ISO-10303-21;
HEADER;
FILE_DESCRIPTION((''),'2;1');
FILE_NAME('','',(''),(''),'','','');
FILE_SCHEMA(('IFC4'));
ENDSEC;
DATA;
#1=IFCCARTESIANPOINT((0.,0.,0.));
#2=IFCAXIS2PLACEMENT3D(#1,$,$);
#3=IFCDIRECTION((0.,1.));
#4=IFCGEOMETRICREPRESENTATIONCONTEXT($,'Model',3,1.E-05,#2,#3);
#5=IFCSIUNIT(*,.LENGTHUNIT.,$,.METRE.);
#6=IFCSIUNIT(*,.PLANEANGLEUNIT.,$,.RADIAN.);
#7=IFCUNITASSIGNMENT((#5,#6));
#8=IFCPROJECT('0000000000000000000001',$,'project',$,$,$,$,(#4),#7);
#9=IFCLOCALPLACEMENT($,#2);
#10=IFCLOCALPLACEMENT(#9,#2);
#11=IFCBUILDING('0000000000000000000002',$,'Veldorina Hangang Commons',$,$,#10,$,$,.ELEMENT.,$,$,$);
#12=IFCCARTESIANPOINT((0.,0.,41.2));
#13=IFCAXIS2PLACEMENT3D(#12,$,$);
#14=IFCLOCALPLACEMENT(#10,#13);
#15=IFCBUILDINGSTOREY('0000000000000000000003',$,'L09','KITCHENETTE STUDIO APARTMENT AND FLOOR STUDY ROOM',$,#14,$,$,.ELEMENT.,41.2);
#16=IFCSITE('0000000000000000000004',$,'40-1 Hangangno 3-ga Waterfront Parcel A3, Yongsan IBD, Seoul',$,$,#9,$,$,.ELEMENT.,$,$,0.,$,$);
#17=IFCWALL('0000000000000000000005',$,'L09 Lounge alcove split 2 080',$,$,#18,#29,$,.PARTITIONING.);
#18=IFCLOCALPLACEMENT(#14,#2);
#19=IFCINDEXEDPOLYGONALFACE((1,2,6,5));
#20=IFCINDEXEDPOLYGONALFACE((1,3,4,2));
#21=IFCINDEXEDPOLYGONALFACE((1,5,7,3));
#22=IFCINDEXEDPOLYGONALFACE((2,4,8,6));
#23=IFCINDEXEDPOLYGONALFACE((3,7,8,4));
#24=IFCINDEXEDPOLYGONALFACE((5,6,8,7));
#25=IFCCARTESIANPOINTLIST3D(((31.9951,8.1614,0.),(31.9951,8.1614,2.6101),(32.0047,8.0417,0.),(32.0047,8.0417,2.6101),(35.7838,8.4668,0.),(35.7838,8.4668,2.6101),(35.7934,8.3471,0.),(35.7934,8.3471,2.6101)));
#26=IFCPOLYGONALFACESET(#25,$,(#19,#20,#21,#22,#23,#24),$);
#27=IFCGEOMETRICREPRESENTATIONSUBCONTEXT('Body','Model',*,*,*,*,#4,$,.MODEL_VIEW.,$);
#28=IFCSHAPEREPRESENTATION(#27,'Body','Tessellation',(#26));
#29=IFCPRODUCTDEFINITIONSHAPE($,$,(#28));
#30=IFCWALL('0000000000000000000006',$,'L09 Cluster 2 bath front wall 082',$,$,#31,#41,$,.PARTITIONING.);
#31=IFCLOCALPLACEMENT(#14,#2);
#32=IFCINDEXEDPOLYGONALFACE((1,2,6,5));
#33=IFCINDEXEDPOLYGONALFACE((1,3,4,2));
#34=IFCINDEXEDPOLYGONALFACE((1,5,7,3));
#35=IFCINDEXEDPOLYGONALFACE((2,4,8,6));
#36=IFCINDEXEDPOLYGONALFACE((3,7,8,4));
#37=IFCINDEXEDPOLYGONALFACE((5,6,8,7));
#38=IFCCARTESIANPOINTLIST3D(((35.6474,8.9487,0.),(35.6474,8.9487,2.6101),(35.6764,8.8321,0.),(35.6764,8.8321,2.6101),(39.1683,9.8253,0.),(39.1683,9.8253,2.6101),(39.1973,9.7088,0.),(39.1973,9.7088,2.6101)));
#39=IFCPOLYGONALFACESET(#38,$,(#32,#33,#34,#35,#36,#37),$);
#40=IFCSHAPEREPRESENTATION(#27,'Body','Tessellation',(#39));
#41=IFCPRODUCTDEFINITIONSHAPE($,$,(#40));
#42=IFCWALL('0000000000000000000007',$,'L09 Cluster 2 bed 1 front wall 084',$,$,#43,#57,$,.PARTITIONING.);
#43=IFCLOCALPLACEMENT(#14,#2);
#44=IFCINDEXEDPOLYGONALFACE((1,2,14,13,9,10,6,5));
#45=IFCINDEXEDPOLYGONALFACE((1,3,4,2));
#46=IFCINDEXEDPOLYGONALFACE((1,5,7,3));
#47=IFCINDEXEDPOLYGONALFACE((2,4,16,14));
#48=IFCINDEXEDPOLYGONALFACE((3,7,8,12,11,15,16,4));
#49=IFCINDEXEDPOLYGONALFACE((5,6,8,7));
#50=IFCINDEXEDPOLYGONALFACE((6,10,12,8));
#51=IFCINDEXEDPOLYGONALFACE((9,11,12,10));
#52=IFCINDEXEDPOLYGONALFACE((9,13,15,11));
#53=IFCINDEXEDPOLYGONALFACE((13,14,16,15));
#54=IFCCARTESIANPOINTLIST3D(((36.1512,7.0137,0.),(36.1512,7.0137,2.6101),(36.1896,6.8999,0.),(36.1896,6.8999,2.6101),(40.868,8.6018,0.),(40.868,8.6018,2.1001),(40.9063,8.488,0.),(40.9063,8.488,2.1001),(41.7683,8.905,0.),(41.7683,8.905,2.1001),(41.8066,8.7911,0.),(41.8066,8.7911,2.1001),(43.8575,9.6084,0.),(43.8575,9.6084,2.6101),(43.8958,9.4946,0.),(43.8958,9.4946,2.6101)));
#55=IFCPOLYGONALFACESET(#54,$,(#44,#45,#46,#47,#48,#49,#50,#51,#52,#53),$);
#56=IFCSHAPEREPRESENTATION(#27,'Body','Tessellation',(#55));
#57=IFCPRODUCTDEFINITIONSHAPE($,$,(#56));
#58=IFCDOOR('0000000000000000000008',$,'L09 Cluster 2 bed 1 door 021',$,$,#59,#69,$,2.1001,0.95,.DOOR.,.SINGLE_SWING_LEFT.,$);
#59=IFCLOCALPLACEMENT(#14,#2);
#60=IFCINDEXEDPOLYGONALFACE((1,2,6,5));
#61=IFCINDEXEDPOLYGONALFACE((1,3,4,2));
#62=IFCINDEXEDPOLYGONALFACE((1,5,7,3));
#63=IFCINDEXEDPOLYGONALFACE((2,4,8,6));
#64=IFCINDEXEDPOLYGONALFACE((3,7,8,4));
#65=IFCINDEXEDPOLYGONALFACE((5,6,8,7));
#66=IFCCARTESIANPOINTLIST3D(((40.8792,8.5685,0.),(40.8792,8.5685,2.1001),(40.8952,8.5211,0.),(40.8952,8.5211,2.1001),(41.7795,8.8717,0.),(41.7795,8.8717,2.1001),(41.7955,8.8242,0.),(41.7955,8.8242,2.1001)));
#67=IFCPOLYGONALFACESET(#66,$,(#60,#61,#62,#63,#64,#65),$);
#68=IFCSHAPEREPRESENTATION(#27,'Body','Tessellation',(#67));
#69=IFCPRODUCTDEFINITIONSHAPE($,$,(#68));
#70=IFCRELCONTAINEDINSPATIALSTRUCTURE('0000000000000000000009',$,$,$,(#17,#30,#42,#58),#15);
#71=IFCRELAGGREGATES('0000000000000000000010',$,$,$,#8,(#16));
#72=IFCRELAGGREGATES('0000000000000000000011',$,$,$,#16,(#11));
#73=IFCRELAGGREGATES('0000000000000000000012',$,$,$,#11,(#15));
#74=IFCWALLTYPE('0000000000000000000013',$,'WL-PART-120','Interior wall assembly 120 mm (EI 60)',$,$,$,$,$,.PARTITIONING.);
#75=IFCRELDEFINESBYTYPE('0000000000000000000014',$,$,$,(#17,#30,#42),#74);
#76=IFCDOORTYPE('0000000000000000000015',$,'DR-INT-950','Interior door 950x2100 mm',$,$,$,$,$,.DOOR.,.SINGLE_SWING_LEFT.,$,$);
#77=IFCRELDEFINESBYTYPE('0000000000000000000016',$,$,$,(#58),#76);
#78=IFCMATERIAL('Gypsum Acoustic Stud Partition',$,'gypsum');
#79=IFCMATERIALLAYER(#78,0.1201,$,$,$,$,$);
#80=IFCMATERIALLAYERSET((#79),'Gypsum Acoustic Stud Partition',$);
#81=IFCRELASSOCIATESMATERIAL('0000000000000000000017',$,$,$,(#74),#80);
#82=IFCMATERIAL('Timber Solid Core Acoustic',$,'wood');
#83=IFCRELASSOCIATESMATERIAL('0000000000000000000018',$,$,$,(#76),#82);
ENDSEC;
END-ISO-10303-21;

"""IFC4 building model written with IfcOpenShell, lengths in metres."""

from ifc_helpers import new_model, si_unit, direction, frame, frame_2d, origin, place, context, subcontext, project, spatial, rectangle, extrude, material, layer, layer_set, type_object, element, fill, save


model = new_model("IFC4")

# Units and contexts
model_context = context("Model", 3, precision=1e-05, world=origin(), true_north=direction((0.0, 1.0)))
body_context = subcontext(model_context, "Body", "Model", "MODEL_VIEW")
ifc_project = project(units=[si_unit("LENGTHUNIT", "METRE"), si_unit("PLANEANGLEUNIT", "RADIAN")], contexts=[model_context])

# Site, building, storey
site_placement = place(None, origin())
site = spatial("IfcSite", under=ifc_project, at=site_placement, Name="40-1 Hangangno 3-ga Waterfront Parcel A3, Yongsan IBD, Seoul", CompositionType="ELEMENT", RefElevation=0.0)
building_placement = place(site_placement, origin())
building = spatial("IfcBuilding", under=site, at=building_placement, Name="Veldorina Hangang Commons", CompositionType="ELEMENT")
storey_placement = place(building_placement, frame((0.0, 0.0, 41.2)))
storey = spatial("IfcBuildingStorey", under=building, at=storey_placement, Name="L09", Description="KITCHENETTE STUDIO APARTMENT AND FLOOR STUDY ROOM", CompositionType="ELEMENT", Elevation=41.2)

# Walls
ifc_material_1 = material(Name="Gypsum Acoustic Stud Partition", Category="gypsum")
ifc_layer_1 = layer(ifc_material_1, 0.1201)
ifc_layer_set_1 = layer_set([ifc_layer_1], Name="Gypsum Acoustic Stud Partition")
wall_type_1 = type_object("IfcWallType", Name="WL-PART-120", Description="Interior wall assembly 120 mm (EI 60)", PredefinedType="PARTITIONING", material=ifc_layer_set_1)
wall_1_placement = place(storey_placement, frame((32.0, 8.1016, 0.0), z_axis=(0.0, 0.0, 1.0), x_axis=(0.996767, 0.08035, 0.0)))
element("IfcWall", 1, at=wall_1_placement, inside=storey, type_object=wall_type_1, Name="L09 Lounge alcove split 2 080", PredefinedType="PARTITIONING", context=body_context, shape_type="SweptSolid", body=[
    extrude(rectangle(XDim=3.801, YDim=0.1201, at=frame_2d((1.9004, 0.0))), origin(), (0.0, 0.0, 1.0), 2.6101),
])
wall_2_placement = place(storey_placement, frame((35.6619, 8.8904, 0.0), z_axis=(0.0, 0.0, 1.0), x_axis=(0.970372, 0.241617, 0.0)))
element("IfcWall", 2, at=wall_2_placement, inside=storey, type_object=wall_type_1, Name="L09 Cluster 2 bath front wall 082", PredefinedType="PARTITIONING", context=body_context, shape_type="SweptSolid", body=[
    extrude(rectangle(XDim=3.6284, YDim=0.1201, at=frame_2d((1.8142, 0.0))), origin(), (0.0, 0.0, 1.0), 2.6101),
])

# Wall, opening, door
wall_3_placement = place(storey_placement, frame((36.1704, 6.9568, 0.0), z_axis=(0.0, 0.0, 1.0), x_axis=(0.947721, 0.3191, 0.0)))
wall_3 = element("IfcWall", 3, at=wall_3_placement, inside=storey, type_object=wall_type_1, Name="L09 Cluster 2 bed 1 front wall 084", PredefinedType="PARTITIONING", context=body_context, shape_type="SweptSolid", body=[
    extrude(rectangle(XDim=8.1313, YDim=0.1201, at=frame_2d((4.0657, 0.0))), origin(), (0.0, 0.0, 1.0), 2.6101),
])
opening_placement = place(wall_3_placement, frame((4.9768, 0.0, 0.0)))
opening = element("IfcOpeningElement", 4, at=opening_placement, cuts=wall_3, PredefinedType="OPENING", context=body_context, shape_type="SweptSolid", body=[
    extrude(rectangle(XDim=0.95, YDim=2.1001, at=frame_2d((0.4751, 1.05))), frame((0.0, 0.0701, 0.0), z_axis=(0.0, -1.0, 0.0), x_axis=(1.0, 0.0, 0.0)), (0.0, 0.0, 1.0), 0.1401),
])
ifc_material_2 = material(Name="Timber Solid Core Acoustic", Category="wood")
door_type = type_object("IfcDoorType", Name="DR-INT-950", Description="Interior door 950x2100 mm", OperationType="SINGLE_SWING_LEFT", PredefinedType="DOOR", material=ifc_material_2)
door_placement = place(opening_placement, origin())
door = element("IfcDoor", 5, at=door_placement, inside=storey, type_object=door_type, Name="L09 Cluster 2 bed 1 door 021", OperationType="SINGLE_SWING_LEFT", OverallHeight=2.1001, OverallWidth=0.95, PredefinedType="DOOR", context=body_context, shape_type="SweptSolid", body=[
    extrude(rectangle(XDim=0.95, YDim=2.1001, at=frame_2d((0.4751, 1.05))), frame((0.0, 0.0249, 0.0), z_axis=(0.0, -1.0, 0.0), x_axis=(1.0, 0.0, 0.0)), (0.0, 0.0, 1.0), 0.05),
])
fill(opening, door)

save(model, "model.ifc")
